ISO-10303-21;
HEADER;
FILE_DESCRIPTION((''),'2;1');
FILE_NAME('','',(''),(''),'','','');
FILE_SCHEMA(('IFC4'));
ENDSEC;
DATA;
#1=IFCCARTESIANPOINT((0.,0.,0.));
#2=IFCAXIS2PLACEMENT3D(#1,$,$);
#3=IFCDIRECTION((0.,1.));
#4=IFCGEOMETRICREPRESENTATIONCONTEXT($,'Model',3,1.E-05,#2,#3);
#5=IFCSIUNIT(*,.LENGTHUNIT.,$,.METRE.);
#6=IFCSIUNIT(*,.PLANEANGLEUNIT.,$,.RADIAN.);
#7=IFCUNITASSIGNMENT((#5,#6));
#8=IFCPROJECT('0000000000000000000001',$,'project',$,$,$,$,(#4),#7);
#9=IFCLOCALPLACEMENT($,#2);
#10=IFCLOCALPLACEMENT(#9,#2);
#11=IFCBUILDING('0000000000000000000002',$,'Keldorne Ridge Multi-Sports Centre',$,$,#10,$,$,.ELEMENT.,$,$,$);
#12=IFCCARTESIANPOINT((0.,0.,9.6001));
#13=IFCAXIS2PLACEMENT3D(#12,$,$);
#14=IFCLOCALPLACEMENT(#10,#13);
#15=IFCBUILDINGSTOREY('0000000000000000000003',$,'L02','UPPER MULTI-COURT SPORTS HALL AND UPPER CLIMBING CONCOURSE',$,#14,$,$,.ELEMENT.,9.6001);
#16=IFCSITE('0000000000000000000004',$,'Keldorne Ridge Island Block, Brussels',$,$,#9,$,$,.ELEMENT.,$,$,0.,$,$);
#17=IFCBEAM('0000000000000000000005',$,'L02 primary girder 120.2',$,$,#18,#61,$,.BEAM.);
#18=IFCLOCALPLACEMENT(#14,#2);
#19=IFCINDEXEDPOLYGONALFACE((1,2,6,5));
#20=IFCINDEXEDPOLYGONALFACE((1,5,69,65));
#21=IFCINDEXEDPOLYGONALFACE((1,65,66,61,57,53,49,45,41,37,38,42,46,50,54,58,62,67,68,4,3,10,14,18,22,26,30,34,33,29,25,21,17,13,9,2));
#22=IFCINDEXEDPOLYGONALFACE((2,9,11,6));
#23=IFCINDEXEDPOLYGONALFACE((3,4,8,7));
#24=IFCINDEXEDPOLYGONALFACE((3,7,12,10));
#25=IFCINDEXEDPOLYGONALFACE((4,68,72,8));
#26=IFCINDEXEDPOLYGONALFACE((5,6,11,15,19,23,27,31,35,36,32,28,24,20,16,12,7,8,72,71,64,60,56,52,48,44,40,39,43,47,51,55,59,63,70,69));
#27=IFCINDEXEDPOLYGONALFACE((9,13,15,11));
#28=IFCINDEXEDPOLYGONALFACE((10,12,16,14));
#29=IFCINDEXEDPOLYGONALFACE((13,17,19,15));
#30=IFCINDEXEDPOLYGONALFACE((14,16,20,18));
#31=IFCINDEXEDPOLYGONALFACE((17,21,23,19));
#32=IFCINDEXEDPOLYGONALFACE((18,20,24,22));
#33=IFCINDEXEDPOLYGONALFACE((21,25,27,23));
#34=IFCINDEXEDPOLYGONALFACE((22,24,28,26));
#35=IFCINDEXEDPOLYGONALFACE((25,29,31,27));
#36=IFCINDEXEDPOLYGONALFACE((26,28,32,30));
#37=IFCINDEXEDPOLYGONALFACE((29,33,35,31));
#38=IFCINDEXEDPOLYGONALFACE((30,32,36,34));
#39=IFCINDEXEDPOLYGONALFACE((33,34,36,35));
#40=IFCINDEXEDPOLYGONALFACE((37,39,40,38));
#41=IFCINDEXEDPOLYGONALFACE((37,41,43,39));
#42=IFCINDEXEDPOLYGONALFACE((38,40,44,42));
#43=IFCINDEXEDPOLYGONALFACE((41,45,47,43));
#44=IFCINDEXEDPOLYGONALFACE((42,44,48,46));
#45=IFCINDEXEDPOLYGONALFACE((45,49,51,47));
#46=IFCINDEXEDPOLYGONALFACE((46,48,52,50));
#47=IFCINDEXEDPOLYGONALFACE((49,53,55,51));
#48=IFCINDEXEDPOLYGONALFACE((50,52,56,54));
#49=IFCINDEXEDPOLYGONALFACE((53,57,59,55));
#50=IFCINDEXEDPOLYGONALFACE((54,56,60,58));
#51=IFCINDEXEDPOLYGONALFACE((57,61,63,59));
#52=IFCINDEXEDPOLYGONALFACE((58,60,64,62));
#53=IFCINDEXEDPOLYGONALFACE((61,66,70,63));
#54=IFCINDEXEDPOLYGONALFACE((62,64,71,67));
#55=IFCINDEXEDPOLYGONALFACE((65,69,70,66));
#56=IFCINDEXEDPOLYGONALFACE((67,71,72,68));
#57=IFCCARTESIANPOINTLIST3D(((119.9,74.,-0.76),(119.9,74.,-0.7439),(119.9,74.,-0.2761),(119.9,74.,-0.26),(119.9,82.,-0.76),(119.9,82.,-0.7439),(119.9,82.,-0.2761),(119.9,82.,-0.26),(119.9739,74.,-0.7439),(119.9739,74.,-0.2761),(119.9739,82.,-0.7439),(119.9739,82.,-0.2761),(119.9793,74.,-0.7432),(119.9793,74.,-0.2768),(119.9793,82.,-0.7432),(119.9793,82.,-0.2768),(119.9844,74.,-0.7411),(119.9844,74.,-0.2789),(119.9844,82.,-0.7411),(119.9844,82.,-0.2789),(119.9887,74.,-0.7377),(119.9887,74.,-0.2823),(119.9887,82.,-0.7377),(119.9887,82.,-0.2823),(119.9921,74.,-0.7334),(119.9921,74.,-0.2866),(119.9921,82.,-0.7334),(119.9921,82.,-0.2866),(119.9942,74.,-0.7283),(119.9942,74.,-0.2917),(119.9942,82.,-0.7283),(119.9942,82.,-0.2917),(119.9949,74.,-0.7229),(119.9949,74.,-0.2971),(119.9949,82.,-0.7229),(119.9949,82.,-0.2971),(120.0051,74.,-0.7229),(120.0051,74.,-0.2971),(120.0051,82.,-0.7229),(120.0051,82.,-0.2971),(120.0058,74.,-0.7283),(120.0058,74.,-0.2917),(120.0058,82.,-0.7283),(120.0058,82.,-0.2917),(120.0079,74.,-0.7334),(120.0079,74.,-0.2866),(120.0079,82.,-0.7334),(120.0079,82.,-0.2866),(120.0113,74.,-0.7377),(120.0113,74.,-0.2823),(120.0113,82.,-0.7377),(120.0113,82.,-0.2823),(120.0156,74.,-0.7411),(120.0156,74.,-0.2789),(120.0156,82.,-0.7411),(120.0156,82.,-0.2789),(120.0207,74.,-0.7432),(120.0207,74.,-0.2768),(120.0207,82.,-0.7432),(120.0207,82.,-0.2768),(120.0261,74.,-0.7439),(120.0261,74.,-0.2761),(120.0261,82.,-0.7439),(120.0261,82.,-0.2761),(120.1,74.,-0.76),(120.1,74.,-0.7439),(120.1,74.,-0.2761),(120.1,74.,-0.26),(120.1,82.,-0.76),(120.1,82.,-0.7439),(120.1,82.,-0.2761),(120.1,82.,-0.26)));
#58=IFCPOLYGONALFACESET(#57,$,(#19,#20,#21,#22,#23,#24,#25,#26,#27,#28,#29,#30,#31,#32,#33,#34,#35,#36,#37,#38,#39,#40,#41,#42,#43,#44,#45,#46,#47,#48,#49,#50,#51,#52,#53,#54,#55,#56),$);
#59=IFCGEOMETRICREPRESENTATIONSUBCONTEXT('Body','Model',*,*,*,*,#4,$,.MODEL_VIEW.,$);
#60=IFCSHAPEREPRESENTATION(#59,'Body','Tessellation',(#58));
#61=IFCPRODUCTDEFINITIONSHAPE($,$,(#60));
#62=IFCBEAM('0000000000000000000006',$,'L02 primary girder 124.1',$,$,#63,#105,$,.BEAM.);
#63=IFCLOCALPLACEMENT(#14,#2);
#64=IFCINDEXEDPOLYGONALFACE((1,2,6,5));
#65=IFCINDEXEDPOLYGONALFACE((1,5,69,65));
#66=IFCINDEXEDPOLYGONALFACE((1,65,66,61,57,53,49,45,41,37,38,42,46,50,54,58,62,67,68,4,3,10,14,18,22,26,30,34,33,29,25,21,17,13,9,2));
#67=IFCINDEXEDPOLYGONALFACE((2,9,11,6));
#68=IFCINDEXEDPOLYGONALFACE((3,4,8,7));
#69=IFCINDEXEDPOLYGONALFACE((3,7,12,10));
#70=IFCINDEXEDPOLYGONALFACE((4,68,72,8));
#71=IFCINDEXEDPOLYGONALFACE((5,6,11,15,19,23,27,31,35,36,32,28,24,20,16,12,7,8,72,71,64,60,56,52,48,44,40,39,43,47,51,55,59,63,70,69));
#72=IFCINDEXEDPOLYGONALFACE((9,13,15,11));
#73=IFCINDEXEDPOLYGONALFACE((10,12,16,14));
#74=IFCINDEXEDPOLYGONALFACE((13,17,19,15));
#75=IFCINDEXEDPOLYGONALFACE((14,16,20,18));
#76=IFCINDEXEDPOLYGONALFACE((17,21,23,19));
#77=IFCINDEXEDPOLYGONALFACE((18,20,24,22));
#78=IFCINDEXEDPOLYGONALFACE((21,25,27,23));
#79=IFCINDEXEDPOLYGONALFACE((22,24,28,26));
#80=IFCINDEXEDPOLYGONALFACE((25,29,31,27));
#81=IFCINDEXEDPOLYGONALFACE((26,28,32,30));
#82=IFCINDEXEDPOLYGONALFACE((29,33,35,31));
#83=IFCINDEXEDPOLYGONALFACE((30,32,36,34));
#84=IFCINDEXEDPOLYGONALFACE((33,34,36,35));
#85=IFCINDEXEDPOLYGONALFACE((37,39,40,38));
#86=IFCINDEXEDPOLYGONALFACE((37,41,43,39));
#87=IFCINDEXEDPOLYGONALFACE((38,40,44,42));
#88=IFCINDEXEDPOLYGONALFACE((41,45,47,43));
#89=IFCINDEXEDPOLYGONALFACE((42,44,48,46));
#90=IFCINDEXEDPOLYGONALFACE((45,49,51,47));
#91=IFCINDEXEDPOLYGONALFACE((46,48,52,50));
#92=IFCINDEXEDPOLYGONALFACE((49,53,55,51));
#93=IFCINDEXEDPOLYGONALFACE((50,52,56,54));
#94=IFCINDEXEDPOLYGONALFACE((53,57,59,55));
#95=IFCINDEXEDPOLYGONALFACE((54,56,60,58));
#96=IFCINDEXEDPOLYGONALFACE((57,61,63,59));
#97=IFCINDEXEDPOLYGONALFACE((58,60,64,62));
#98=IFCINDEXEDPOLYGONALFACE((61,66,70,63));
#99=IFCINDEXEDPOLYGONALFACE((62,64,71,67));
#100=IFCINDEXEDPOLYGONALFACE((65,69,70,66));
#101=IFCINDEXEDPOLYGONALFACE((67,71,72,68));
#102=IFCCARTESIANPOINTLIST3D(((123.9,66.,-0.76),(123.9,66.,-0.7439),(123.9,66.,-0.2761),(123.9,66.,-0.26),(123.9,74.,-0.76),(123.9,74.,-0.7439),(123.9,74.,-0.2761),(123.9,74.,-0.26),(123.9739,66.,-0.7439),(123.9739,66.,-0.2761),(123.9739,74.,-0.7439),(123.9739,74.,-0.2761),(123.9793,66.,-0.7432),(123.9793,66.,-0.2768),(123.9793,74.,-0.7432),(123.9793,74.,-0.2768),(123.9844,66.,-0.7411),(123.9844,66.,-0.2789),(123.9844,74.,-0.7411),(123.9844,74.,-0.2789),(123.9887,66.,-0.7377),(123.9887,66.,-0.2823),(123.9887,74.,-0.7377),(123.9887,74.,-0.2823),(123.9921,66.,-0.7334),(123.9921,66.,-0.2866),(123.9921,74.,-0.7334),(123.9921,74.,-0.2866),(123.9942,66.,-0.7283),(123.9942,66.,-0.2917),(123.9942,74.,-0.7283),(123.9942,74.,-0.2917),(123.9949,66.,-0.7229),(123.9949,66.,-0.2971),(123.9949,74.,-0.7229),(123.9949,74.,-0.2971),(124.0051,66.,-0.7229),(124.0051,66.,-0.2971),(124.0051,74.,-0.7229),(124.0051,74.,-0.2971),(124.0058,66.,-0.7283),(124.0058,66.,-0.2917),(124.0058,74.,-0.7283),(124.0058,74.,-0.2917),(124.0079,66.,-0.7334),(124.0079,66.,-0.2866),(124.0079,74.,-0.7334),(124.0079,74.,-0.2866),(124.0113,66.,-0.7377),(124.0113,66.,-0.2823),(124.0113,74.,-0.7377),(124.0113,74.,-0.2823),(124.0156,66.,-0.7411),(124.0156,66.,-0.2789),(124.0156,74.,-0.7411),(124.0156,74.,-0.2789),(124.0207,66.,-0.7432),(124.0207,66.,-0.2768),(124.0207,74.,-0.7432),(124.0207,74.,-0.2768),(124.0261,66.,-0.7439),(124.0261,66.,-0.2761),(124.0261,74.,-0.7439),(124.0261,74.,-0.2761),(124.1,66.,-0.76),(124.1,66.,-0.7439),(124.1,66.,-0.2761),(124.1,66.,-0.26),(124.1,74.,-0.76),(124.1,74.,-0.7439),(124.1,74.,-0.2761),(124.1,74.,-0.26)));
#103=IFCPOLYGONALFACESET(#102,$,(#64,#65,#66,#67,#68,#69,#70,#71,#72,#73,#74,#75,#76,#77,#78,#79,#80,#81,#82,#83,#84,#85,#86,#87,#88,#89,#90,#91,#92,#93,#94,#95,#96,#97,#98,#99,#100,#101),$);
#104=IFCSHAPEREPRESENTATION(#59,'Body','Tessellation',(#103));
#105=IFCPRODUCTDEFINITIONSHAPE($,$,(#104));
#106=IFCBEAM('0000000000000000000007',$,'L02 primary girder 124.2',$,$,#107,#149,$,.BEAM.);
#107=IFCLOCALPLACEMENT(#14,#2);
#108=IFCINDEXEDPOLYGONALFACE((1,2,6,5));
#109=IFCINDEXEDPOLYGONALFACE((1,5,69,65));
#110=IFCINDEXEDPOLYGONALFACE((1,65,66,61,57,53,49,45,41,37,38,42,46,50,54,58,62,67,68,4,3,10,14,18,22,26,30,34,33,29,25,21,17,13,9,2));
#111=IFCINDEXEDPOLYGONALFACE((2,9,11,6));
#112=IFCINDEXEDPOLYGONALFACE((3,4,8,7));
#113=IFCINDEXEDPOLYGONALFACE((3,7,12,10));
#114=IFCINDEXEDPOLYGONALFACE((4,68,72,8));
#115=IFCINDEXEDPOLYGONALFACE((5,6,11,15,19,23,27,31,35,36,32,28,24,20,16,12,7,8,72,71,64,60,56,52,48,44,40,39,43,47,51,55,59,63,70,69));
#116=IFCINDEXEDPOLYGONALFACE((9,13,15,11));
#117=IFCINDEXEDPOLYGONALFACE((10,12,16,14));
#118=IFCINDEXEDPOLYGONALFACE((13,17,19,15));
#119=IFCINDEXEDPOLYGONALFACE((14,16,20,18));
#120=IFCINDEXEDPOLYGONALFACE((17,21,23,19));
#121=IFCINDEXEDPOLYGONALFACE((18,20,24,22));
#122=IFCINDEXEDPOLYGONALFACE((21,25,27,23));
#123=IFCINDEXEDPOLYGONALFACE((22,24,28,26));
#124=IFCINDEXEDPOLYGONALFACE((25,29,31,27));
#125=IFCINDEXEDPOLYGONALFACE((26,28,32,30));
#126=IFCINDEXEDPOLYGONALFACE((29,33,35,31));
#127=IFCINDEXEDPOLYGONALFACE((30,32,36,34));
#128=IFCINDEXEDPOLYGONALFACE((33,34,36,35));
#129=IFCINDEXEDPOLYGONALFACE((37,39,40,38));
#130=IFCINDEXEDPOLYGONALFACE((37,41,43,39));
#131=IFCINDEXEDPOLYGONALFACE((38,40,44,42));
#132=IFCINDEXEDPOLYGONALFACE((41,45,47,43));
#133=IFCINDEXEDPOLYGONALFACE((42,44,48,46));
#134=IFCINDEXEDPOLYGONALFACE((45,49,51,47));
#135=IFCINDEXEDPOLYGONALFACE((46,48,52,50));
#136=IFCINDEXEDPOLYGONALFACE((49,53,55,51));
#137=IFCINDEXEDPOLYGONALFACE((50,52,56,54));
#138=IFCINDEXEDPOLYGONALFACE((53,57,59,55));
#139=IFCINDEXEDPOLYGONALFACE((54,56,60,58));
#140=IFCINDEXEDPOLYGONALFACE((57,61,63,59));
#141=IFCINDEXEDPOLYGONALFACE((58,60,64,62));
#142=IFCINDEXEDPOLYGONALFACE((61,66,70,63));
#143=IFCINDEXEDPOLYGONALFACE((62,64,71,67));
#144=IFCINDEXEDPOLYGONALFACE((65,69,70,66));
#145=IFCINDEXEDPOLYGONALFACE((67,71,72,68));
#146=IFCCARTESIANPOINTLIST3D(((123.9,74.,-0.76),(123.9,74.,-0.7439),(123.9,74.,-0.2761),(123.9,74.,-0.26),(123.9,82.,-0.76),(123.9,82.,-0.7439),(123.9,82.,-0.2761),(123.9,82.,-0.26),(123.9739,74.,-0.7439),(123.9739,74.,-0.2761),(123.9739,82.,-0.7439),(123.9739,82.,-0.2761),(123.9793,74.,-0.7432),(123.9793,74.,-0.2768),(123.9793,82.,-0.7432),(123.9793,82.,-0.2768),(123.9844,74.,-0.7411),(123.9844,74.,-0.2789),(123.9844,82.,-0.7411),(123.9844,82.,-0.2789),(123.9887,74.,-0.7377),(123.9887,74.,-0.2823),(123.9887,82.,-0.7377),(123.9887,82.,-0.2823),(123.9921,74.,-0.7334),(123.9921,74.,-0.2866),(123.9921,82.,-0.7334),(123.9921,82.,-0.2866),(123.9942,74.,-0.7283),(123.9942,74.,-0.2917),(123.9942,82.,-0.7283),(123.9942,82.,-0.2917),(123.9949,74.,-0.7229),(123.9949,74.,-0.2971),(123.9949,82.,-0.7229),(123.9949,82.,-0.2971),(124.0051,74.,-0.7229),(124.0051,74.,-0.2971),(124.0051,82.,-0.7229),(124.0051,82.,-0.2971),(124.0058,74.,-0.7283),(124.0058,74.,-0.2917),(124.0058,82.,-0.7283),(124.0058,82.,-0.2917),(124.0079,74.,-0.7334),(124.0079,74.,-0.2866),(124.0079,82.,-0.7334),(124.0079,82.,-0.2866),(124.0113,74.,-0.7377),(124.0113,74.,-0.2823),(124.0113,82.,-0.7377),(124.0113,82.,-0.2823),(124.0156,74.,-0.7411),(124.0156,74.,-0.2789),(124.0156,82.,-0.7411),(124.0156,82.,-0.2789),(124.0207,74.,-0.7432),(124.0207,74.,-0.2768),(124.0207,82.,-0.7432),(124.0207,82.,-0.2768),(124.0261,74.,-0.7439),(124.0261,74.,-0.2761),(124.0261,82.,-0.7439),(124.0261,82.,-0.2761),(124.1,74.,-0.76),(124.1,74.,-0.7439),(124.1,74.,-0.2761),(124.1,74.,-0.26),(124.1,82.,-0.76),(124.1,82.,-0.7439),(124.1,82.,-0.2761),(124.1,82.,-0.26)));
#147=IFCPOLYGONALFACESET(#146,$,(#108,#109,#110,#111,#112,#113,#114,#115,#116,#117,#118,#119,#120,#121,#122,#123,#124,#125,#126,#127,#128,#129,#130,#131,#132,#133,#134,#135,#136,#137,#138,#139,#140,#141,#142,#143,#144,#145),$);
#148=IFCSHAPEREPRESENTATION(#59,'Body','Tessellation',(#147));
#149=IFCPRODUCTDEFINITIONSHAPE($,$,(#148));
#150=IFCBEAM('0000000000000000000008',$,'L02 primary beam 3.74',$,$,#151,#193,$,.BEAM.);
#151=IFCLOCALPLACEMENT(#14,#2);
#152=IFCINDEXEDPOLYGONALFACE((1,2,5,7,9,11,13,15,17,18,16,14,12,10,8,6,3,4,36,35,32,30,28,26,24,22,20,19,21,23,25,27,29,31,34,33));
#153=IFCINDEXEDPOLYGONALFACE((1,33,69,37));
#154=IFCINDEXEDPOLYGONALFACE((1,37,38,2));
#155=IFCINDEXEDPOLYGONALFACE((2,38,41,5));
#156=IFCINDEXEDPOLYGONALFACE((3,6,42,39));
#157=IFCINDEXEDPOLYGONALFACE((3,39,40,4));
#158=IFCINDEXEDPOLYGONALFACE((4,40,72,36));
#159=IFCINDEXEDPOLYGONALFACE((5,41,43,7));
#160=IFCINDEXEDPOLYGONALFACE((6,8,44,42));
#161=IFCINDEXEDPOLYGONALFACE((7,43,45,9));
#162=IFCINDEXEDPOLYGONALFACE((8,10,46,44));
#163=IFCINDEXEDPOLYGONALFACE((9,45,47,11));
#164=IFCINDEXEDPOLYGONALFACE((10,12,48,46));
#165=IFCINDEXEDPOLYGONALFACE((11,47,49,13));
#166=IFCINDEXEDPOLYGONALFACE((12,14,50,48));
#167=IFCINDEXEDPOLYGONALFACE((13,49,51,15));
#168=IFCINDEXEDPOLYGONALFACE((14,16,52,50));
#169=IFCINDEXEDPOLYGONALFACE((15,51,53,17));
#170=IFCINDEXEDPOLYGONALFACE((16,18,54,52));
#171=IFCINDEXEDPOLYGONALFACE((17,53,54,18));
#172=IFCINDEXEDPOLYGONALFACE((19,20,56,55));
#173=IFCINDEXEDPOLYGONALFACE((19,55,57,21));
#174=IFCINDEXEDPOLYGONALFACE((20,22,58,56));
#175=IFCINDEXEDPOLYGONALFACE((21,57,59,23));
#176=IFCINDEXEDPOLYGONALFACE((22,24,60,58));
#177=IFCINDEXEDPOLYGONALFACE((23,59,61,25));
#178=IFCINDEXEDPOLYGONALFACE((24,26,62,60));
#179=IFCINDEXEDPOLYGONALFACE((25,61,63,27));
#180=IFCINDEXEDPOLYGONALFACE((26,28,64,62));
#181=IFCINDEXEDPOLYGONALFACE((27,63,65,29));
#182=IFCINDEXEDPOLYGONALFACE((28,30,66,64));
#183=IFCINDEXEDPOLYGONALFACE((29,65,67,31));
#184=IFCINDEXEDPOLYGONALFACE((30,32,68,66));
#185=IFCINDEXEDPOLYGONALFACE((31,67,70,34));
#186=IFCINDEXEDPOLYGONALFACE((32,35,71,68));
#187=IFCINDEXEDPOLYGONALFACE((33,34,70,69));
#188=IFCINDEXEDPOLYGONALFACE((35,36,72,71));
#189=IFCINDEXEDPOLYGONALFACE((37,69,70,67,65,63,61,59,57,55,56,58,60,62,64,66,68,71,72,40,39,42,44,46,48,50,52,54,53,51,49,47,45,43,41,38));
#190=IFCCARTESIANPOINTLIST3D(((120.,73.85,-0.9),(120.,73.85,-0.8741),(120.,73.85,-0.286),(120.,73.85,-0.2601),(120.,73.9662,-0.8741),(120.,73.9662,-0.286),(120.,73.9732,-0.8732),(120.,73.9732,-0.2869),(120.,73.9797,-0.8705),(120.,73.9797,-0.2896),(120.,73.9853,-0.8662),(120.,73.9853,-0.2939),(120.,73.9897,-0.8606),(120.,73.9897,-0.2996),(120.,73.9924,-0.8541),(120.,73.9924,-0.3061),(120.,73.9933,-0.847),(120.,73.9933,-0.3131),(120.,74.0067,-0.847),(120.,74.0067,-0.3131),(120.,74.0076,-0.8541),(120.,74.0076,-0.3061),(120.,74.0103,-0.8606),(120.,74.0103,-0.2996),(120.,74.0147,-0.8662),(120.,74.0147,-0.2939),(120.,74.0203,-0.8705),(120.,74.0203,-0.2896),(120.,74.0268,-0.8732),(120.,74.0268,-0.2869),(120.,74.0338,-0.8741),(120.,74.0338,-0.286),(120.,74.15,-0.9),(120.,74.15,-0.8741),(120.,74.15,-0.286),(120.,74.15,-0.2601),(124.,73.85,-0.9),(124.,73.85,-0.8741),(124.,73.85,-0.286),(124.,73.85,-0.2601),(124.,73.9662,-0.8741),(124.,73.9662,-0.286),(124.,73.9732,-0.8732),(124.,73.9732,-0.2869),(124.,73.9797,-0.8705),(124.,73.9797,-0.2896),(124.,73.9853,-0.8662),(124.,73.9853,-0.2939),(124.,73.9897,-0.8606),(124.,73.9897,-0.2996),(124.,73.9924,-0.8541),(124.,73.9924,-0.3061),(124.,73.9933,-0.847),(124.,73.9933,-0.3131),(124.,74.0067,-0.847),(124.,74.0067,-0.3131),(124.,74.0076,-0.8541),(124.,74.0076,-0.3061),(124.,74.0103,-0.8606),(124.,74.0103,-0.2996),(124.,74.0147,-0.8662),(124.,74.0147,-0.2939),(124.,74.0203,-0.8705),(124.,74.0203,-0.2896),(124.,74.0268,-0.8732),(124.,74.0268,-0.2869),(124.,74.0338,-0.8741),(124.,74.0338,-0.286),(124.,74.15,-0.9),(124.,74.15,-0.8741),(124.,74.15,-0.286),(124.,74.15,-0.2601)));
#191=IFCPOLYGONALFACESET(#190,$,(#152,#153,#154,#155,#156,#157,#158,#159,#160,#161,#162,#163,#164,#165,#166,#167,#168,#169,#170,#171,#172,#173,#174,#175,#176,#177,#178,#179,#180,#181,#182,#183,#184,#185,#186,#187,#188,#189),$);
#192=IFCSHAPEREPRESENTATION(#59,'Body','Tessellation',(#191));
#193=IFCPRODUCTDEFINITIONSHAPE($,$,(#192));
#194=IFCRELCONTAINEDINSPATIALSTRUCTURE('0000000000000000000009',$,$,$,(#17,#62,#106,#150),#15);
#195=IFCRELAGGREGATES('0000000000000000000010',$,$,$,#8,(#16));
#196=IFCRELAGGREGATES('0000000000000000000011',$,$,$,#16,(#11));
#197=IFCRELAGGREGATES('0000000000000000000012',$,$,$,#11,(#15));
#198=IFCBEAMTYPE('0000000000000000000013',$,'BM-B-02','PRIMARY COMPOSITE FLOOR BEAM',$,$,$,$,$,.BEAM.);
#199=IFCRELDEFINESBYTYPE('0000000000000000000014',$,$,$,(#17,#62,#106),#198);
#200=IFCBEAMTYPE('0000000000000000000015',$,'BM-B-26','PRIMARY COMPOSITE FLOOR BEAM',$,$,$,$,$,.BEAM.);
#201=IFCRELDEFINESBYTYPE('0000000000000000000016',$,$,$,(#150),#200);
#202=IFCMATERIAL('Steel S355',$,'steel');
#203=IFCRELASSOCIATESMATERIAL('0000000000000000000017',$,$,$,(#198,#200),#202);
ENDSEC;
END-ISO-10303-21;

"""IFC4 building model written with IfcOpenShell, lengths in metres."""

from ifc_helpers import new_model, si_unit, direction, frame, origin, origin_2d, place, context, subcontext, project, spatial, i_section, extrude, material, material_profile, profile_set, type_object, element, save


model = new_model("IFC4")

# Units and contexts
model_context = context("Model", 3, precision=1e-05, world=origin(), true_north=direction((0.0, 1.0)))
body_context = subcontext(model_context, "Body", "Model", "MODEL_VIEW")
ifc_project = project(units=[si_unit("LENGTHUNIT", "METRE"), si_unit("PLANEANGLEUNIT", "RADIAN")], contexts=[model_context])

# Site, building, storey
site_placement = place(None, origin())
site = spatial("IfcSite", under=ifc_project, at=site_placement, Name="Keldorne Ridge Island Block, Brussels", CompositionType="ELEMENT", RefElevation=0.0)
building_placement = place(site_placement, origin())
building = spatial("IfcBuilding", under=site, at=building_placement, Name="Keldorne Ridge Multi-Sports Centre", CompositionType="ELEMENT")
storey_placement = place(building_placement, frame((0.0, 0.0, 9.6001)))
storey = spatial("IfcBuildingStorey", under=building, at=storey_placement, Name="L02", Description="UPPER MULTI-COURT SPORTS HALL AND UPPER CLIMBING CONCOURSE", CompositionType="ELEMENT", Elevation=9.6001)

# Shared definitions
ifc_material_1 = material(Name="Steel S355", Category="steel")

# Beams
ifc_material_profile_1 = material_profile(ifc_material_1, i_section(OverallWidth=0.2, OverallDepth=0.5, WebThickness=0.0103, FlangeThickness=0.0161, FilletRadius=0.021, at=origin_2d()), Name="IPE 500")
ifc_profile_set_1 = profile_set([ifc_material_profile_1], Name="Steel S355")
beam_type_1 = type_object("IfcBeamType", Name="BM-B-02", Description="PRIMARY COMPOSITE FLOOR BEAM", PredefinedType="BEAM", material=ifc_profile_set_1)
for number, where, z_axis, x_axis, name in (
    (1, (120.0, 74.0, -0.51), (0.0, 1.0, 0.0), (-1.0, 0.0, 0.0), "L02 primary girder 120.2"),
    (2, (124.0, 66.0, -0.51), (0.0, 1.0, 0.0), (-1.0, 0.0, 0.0), "L02 primary girder 124.1"),
    (3, (124.0, 74.0, -0.51), (0.0, 1.0, 0.0), (-1.0, 0.0, 0.0), "L02 primary girder 124.2"),
):
    element("IfcBeam", number, at=place(storey_placement, frame(where, z_axis=z_axis, x_axis=x_axis)), inside=storey, type_object=beam_type_1, Name=name, PredefinedType="BEAM", context=body_context, shape_type="SweptSolid", body=[
        extrude(i_section(OverallWidth=0.2, OverallDepth=0.5, WebThickness=0.0103, FlangeThickness=0.0161, FilletRadius=0.021, at=origin_2d()), origin(), (0.0, 0.0, 1.0), 8.0),
    ])
ifc_material_profile_2 = material_profile(ifc_material_1, i_section(OverallWidth=0.3, OverallDepth=0.6399, WebThickness=0.0134, FlangeThickness=0.0259, FilletRadius=0.0271, at=origin_2d()), Name="HEA 650")
ifc_profile_set_2 = profile_set([ifc_material_profile_2], Name="Steel S355")
beam_type_2 = type_object("IfcBeamType", Name="BM-B-26", Description="PRIMARY COMPOSITE FLOOR BEAM", PredefinedType="BEAM", material=ifc_profile_set_2)
for number, where, z_axis, x_axis, name in (
    (4, (120.0, 74.0, -0.5801), (1.0, 0.0, 0.0), (0.0, 1.0, 0.0), "L02 primary beam 3.74"),
):
    element("IfcBeam", number, at=place(storey_placement, frame(where, z_axis=z_axis, x_axis=x_axis)), inside=storey, type_object=beam_type_2, Name=name, PredefinedType="BEAM", context=body_context, shape_type="SweptSolid", body=[
        extrude(i_section(OverallWidth=0.3, OverallDepth=0.6399, WebThickness=0.0134, FlangeThickness=0.0259, FilletRadius=0.0271, at=origin_2d()), origin(), (0.0, 0.0, 1.0), 4.0),
    ])

save(model, "model.ifc")
